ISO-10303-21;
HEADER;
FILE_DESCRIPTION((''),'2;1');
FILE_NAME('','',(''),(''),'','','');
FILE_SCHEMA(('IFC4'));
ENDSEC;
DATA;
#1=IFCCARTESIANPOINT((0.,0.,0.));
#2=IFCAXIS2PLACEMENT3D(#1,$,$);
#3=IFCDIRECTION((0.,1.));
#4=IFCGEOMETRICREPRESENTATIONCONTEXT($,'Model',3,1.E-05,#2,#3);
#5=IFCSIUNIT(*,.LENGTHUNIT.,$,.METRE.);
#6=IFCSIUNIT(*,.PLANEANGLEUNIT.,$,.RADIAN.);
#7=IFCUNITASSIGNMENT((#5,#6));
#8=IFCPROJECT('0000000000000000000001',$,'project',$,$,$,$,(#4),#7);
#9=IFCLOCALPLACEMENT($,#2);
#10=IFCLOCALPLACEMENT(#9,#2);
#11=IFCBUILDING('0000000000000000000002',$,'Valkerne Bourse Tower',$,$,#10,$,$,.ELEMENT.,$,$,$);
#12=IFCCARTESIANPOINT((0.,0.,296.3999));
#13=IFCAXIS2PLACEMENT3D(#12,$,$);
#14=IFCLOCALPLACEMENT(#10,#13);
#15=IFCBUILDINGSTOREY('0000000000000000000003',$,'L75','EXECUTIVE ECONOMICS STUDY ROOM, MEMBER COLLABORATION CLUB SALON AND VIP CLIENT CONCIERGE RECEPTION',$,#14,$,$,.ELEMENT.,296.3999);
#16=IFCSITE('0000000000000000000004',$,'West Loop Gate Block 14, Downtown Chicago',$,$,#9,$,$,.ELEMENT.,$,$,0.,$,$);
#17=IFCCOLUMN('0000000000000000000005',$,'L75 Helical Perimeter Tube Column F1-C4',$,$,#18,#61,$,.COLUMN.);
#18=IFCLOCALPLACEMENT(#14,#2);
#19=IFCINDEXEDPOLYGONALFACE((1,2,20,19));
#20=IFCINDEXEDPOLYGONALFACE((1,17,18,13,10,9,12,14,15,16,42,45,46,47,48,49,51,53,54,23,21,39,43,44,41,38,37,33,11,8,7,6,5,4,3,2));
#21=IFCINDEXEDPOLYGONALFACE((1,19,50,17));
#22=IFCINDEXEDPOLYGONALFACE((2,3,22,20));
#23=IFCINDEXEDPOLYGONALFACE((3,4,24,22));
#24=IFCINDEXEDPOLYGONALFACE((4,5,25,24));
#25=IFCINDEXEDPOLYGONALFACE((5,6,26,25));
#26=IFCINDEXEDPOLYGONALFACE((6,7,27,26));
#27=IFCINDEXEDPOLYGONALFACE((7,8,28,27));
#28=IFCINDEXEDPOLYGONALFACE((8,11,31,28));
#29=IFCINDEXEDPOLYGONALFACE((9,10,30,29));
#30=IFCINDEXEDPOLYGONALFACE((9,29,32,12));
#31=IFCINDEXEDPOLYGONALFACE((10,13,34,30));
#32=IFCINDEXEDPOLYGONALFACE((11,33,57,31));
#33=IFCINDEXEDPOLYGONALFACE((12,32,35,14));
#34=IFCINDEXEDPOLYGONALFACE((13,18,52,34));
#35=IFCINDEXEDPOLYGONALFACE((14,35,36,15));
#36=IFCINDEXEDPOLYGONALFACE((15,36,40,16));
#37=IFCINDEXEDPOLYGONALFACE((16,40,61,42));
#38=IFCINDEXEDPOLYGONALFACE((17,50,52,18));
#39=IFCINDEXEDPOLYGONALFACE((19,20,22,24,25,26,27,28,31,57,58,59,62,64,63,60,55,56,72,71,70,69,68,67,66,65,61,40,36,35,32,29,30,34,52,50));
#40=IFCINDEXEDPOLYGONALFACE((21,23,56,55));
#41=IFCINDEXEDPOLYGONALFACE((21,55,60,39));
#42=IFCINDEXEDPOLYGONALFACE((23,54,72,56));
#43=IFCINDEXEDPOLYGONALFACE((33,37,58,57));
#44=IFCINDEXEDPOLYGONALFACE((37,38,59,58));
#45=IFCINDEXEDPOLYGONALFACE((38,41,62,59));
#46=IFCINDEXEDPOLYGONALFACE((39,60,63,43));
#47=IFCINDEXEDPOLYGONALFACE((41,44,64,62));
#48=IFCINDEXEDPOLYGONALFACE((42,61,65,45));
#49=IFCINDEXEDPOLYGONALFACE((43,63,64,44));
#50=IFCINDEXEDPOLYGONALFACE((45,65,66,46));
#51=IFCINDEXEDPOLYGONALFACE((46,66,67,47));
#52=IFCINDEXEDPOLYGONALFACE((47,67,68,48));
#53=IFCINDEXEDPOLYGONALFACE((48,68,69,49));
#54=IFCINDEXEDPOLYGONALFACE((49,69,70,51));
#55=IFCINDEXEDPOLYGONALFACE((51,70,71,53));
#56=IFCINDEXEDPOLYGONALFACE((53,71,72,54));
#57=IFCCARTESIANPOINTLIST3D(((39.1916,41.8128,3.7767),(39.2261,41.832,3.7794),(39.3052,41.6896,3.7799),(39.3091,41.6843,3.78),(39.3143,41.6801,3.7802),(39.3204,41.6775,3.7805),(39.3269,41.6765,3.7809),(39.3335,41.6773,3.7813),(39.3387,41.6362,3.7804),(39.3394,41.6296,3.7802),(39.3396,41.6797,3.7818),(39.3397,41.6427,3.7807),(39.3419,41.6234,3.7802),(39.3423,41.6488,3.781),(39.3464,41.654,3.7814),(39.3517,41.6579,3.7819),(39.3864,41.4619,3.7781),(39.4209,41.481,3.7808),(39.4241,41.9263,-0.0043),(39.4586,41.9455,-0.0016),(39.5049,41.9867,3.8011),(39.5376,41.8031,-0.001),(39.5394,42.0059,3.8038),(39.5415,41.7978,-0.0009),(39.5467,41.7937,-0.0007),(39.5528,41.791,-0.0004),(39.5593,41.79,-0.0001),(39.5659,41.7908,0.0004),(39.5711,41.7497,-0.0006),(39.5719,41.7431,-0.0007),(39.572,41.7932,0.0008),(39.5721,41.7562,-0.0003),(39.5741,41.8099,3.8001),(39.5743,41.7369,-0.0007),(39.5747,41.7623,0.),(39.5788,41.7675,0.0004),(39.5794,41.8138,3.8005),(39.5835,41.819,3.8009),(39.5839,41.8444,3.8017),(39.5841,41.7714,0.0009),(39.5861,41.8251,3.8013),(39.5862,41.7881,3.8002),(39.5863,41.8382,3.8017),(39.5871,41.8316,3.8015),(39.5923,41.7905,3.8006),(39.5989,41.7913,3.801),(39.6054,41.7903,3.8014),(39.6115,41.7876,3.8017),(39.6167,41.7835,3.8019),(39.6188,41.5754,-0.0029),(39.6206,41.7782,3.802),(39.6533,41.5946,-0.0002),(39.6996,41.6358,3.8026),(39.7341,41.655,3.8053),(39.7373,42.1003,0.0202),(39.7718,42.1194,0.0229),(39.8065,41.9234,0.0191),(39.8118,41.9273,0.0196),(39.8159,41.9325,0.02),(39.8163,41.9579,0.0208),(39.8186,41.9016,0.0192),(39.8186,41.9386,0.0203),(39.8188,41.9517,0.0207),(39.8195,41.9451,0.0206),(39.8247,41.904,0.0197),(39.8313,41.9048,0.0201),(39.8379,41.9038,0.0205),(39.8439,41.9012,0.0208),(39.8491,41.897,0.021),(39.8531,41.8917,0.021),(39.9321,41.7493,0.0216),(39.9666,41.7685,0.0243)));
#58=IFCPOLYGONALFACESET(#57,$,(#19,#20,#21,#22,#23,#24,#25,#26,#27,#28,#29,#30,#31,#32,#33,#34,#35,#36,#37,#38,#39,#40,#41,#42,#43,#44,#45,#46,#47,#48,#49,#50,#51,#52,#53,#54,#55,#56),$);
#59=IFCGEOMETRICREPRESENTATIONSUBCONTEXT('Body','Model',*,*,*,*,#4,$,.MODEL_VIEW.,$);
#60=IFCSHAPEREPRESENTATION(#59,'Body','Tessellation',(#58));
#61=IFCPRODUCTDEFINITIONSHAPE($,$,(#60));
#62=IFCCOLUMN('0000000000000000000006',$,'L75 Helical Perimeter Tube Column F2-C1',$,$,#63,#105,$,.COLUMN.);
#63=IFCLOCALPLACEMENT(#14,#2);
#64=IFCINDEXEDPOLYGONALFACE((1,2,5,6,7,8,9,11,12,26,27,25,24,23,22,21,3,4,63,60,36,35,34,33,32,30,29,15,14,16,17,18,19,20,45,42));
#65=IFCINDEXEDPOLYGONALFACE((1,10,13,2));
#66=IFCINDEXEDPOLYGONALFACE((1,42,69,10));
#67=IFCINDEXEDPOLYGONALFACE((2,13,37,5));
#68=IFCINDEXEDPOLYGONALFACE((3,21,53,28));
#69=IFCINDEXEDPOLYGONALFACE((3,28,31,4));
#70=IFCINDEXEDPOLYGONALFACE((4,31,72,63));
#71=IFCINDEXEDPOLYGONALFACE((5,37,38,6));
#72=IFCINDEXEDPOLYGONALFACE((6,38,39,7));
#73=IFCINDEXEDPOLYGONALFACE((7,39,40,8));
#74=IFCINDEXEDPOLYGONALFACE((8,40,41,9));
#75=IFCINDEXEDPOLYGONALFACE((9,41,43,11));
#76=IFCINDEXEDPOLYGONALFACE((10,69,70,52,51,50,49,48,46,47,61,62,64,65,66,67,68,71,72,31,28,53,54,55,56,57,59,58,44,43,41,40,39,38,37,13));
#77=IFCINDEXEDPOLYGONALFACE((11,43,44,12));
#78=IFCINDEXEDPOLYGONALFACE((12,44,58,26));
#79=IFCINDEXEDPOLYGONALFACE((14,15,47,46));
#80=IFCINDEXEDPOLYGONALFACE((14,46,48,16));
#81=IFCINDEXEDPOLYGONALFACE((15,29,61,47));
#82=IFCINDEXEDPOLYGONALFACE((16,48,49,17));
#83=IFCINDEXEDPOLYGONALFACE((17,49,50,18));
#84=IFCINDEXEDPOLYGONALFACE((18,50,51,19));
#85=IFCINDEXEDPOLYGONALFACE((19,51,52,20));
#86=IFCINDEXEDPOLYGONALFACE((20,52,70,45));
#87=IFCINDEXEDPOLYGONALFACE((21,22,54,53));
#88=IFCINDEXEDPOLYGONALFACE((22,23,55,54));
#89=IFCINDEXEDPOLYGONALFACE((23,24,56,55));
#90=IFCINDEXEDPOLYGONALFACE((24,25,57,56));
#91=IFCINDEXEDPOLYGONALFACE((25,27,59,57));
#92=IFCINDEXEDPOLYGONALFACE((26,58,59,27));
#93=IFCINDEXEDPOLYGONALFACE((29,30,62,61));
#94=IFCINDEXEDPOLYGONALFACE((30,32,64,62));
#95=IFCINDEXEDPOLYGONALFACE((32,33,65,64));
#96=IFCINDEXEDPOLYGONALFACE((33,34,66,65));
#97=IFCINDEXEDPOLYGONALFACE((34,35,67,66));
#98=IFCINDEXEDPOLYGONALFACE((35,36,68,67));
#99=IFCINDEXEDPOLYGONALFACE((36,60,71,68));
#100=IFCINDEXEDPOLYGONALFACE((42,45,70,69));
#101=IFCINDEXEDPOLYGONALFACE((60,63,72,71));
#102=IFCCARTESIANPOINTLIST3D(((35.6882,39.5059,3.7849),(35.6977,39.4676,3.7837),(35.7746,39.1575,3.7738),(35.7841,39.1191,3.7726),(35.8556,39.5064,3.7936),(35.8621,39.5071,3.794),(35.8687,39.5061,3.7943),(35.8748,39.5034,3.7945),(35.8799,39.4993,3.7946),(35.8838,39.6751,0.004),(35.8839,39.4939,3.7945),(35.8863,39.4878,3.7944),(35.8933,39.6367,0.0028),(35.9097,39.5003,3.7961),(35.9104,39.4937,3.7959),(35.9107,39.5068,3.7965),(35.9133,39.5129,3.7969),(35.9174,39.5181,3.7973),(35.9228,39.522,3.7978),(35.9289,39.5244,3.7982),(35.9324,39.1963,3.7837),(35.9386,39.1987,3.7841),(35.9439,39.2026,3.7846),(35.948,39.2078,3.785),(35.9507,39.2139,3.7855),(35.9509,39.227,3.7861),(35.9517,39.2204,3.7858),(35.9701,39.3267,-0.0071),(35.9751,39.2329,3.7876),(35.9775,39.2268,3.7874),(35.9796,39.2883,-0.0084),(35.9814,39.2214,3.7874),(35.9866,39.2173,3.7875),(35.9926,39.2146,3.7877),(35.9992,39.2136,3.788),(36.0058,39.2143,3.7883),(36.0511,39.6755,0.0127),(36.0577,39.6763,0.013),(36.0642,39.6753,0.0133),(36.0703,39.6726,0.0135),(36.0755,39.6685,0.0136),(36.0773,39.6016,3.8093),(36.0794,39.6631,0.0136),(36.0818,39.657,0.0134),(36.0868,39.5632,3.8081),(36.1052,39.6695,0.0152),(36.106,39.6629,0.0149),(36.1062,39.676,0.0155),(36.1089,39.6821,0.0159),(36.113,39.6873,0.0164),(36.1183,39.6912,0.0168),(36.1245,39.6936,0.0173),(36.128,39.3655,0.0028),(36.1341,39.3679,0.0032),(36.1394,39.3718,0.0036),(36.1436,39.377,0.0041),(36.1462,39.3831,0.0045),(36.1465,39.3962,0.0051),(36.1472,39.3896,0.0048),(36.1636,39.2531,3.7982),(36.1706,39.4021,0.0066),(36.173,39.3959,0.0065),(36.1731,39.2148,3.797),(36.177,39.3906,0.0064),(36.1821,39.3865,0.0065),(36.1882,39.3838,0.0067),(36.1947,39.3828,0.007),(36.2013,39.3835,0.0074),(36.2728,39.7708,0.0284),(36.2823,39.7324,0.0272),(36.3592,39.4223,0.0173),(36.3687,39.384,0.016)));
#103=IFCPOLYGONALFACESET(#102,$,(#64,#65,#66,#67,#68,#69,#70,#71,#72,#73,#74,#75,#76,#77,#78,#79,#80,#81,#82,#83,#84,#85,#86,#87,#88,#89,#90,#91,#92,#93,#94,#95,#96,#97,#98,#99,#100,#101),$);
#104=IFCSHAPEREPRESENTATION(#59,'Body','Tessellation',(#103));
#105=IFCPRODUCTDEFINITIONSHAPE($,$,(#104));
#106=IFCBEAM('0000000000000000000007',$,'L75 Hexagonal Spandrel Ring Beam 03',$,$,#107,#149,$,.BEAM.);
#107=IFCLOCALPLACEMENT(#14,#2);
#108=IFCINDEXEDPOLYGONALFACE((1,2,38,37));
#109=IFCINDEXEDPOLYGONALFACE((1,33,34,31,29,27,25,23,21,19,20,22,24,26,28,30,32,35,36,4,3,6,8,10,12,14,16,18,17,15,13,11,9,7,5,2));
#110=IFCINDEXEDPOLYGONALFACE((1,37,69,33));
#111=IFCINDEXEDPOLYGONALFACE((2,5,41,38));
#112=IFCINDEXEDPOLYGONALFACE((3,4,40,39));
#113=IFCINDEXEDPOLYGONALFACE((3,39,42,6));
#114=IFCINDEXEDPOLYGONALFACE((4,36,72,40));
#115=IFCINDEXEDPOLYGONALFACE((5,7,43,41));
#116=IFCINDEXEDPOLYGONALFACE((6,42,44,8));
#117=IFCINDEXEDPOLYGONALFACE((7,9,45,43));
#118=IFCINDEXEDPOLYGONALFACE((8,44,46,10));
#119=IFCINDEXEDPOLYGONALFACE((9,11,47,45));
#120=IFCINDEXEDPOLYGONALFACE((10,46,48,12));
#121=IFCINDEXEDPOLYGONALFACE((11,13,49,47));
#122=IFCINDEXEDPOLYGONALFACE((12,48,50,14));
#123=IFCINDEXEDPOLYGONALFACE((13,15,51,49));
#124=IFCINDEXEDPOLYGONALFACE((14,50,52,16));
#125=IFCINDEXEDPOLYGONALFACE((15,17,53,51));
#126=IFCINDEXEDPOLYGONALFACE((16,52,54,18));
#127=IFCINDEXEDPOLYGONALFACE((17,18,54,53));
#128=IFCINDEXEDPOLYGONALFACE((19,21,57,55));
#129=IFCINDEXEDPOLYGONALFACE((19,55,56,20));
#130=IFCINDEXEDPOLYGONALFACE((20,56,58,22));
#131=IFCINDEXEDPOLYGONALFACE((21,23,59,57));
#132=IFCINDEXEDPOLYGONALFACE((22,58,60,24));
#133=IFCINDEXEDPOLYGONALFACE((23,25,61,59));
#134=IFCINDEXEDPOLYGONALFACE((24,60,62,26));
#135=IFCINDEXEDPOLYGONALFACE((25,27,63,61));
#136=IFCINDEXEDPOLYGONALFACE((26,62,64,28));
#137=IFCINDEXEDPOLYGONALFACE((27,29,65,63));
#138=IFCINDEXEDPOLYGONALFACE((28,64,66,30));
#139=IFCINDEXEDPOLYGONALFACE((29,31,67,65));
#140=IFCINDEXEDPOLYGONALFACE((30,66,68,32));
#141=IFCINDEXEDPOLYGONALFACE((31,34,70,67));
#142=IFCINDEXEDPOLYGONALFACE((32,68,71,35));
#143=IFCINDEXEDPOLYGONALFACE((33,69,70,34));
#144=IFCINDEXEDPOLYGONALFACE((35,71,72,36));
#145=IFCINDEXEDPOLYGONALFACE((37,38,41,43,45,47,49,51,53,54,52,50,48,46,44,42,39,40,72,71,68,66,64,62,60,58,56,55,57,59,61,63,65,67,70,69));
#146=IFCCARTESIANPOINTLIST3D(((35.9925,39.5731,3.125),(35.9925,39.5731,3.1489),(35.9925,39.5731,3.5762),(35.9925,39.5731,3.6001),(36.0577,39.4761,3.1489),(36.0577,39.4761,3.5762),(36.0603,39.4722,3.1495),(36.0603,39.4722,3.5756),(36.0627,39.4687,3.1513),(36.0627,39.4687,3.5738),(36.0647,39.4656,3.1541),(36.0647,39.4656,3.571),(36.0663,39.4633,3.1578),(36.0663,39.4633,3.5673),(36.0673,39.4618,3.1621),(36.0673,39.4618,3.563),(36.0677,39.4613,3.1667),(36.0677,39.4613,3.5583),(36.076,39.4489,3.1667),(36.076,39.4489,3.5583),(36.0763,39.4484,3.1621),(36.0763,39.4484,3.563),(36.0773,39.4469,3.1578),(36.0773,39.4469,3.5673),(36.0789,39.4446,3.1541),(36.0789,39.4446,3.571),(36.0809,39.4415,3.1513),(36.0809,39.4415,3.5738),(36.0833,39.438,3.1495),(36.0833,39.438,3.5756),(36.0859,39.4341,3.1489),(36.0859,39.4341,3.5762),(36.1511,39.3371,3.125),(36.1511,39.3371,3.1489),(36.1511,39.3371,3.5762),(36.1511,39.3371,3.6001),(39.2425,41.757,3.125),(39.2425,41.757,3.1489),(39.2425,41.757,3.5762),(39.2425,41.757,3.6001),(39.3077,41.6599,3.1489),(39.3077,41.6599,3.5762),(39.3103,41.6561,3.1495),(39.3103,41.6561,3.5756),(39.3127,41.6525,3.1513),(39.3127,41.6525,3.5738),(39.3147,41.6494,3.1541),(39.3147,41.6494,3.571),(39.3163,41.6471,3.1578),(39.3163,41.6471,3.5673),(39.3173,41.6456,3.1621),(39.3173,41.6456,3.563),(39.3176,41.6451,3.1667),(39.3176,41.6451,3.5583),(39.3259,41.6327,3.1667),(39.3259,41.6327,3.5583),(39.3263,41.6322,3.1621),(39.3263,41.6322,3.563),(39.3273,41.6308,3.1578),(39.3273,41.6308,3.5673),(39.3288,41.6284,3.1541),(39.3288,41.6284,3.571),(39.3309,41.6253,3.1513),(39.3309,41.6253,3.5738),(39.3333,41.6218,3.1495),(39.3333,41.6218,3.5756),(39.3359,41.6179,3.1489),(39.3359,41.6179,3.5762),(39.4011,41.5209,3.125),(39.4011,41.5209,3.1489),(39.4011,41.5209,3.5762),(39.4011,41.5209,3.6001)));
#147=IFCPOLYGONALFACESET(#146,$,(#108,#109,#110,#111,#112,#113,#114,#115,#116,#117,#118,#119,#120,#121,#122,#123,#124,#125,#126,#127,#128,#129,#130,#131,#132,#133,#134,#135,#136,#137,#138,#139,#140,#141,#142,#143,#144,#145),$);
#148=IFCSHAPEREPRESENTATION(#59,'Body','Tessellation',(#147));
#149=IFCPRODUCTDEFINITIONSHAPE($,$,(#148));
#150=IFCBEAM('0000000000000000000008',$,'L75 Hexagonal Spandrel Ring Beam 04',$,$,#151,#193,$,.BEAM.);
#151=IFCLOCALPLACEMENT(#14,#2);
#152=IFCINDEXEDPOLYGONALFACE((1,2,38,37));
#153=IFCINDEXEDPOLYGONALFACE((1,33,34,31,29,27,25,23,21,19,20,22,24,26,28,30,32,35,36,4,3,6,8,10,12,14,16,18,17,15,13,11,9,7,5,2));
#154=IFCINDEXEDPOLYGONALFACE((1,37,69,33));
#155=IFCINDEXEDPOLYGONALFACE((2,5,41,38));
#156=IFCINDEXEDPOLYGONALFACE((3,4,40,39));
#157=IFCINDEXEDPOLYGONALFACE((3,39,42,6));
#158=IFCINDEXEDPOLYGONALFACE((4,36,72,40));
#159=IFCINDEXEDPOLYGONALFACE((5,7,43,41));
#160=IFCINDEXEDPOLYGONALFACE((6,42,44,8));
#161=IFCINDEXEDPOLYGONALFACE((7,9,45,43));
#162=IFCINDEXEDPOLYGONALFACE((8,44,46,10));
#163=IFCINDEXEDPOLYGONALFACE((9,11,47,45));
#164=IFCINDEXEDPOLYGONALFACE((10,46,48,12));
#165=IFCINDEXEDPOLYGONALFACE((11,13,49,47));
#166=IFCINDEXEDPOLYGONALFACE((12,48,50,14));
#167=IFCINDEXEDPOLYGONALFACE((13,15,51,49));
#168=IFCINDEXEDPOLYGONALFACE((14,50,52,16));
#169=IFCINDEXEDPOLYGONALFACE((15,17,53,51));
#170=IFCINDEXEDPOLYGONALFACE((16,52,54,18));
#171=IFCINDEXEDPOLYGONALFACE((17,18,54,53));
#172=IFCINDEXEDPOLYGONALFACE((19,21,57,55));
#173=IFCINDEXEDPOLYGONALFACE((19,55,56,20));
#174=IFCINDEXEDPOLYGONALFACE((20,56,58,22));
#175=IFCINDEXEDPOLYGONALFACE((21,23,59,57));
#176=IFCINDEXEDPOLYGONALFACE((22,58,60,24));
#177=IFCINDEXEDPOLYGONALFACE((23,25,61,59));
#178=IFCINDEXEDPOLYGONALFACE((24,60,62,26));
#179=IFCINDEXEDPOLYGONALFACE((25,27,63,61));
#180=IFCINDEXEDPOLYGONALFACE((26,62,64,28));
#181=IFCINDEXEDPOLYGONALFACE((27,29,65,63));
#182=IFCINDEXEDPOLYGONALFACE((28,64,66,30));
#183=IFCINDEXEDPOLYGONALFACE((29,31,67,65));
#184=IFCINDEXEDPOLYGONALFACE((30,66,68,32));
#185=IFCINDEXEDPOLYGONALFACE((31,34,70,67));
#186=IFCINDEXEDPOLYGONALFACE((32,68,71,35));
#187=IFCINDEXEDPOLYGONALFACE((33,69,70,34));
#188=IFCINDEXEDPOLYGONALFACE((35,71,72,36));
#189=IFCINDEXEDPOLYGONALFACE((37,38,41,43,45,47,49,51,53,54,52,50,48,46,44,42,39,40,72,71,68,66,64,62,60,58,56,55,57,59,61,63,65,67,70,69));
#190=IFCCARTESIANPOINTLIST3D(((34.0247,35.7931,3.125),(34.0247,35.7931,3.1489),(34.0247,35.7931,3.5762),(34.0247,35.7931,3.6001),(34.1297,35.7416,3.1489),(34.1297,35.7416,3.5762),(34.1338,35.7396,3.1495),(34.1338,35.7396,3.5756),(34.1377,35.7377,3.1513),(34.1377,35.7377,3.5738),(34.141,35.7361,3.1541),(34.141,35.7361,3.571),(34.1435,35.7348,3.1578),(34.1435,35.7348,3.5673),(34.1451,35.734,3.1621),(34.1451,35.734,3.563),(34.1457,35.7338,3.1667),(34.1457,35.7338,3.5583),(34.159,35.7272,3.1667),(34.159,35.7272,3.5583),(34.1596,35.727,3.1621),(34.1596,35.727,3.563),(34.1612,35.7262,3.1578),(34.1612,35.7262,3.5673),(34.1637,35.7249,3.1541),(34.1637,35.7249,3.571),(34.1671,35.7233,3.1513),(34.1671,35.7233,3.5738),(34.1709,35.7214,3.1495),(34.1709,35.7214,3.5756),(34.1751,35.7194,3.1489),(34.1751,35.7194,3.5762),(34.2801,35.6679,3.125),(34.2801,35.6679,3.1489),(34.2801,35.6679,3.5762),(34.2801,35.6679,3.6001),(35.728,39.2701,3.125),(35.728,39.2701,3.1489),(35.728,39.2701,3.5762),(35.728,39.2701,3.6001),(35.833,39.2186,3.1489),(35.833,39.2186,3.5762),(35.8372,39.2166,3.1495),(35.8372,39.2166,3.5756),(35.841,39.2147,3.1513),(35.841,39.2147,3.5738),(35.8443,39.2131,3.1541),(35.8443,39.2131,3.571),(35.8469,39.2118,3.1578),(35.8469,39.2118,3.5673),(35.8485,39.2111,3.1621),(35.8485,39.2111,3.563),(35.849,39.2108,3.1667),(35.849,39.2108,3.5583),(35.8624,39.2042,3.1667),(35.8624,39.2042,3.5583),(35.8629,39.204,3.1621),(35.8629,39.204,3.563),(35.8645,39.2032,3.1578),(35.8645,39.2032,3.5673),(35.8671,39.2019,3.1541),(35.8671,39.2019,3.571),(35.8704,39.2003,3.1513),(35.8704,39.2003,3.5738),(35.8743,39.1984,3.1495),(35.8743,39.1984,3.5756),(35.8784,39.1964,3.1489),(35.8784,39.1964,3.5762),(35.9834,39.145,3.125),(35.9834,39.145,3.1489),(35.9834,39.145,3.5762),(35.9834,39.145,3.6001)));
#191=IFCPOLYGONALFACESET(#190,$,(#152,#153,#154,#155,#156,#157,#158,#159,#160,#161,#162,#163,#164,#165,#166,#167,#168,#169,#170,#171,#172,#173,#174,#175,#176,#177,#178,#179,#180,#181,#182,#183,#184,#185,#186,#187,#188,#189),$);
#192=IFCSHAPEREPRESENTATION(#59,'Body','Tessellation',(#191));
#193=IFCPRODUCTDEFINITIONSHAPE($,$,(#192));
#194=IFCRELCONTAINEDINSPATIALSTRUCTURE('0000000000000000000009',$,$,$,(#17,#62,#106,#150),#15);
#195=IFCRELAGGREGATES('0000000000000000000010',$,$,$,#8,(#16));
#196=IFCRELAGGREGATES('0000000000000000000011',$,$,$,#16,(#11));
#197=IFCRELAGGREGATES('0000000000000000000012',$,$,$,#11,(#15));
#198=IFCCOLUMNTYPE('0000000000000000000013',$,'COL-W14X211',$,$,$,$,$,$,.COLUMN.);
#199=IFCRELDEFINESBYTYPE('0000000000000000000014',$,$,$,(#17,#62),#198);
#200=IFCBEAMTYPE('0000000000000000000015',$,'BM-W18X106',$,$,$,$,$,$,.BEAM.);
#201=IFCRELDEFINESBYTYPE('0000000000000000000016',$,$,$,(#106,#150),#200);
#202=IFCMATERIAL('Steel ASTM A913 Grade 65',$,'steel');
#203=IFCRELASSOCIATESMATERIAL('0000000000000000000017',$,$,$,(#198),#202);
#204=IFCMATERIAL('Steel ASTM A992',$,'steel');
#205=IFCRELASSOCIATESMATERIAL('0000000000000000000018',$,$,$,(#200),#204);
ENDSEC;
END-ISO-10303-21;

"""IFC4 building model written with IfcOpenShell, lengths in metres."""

from ifc_helpers import new_model, si_unit, direction, frame, origin, origin_2d, place, context, subcontext, project, spatial, i_section, extrude, material, material_profile, profile_set, type_object, element, save


model = new_model("IFC4")

# Units and contexts
model_context = context("Model", 3, precision=1e-05, world=origin(), true_north=direction((0.0, 1.0)))
body_context = subcontext(model_context, "Body", "Model", "MODEL_VIEW")
ifc_project = project(units=[si_unit("LENGTHUNIT", "METRE"), si_unit("PLANEANGLEUNIT", "RADIAN")], contexts=[model_context])

# Site, building, storey
site_placement = place(None, origin())
site = spatial("IfcSite", under=ifc_project, at=site_placement, Name="West Loop Gate Block 14, Downtown Chicago", CompositionType="ELEMENT", RefElevation=0.0)
building_placement = place(site_placement, origin())
building = spatial("IfcBuilding", under=site, at=building_placement, Name="Valkerne Bourse Tower", CompositionType="ELEMENT")
storey_placement = place(building_placement, frame((0.0, 0.0, 296.3999)))
storey = spatial("IfcBuildingStorey", under=building, at=storey_placement, Name="L75", Description="EXECUTIVE ECONOMICS STUDY ROOM, MEMBER COLLABORATION CLUB SALON AND VIP CLIENT CONCIERGE RECEPTION", CompositionType="ELEMENT", Elevation=296.3999)

# Columns
ifc_material_1 = material(Name="Steel ASTM A913 Grade 65", Category="steel")
ifc_material_profile_1 = material_profile(ifc_material_1, i_section(OverallWidth=0.4014, OverallDepth=0.3987, WebThickness=0.0249, FlangeThickness=0.0396, FilletRadius=0.0254, at=origin_2d()), Name="W14X211")
ifc_profile_set_1 = profile_set([ifc_material_profile_1], Name="Steel ASTM A913 Grade 65")
column_type = type_object("IfcColumnType", Name="COL-W14X211", PredefinedType="COLUMN", material=ifc_profile_set_1)
for number, where, z_axis, x_axis, name in (
    (1, (39.6953, 41.8474, 0.01), (-0.061328, -0.029955, 0.997668), (-0.485203, 0.874394, -0.003572), "L75 Helical Perimeter Tube Column F1-C4"),
    (2, (36.1262, 39.5295, 0.01), (-0.0516, -0.044643, 0.997669), (-0.969291, -0.238282, -0.060795), "L75 Helical Perimeter Tube Column F2-C1"),
):
    element("IfcColumn", number, at=place(storey_placement, frame(where, z_axis=z_axis, x_axis=x_axis)), inside=storey, type_object=column_type, Name=name, PredefinedType="COLUMN", context=body_context, shape_type="SweptSolid", body=[
        extrude(i_section(OverallWidth=0.4014, OverallDepth=0.3987, WebThickness=0.0249, FlangeThickness=0.0396, FilletRadius=0.0254, at=origin_2d()), origin(), (0.0, 0.0, 1.0), 3.7898),
    ])

# Beams
ifc_material_2 = material(Name="Steel ASTM A992", Category="steel")
ifc_material_profile_2 = material_profile(ifc_material_2, i_section(OverallWidth=0.2844, OverallDepth=0.4751, WebThickness=0.0149, FlangeThickness=0.0239, FilletRadius=0.0178, at=origin_2d()), Name="W18X106")
ifc_profile_set_2 = profile_set([ifc_material_profile_2], Name="Steel ASTM A992")
beam_type_1 = type_object("IfcBeamType", Name="BM-W18X106", PredefinedType="BEAM", material=ifc_profile_set_2)
beam_1_placement = place(storey_placement, frame((39.3218, 41.6389, 3.3625), z_axis=(-0.830021, -0.557733, 0.0), x_axis=(0.557733, -0.830021, 0.0)))
element("IfcBeam", 3, at=beam_1_placement, inside=storey, type_object=beam_type_1, Name="L75 Hexagonal Spandrel Ring Beam 03", PredefinedType="BEAM", context=body_context, shape_type="SweptSolid", body=[
    extrude(i_section(OverallWidth=0.2844, OverallDepth=0.4751, WebThickness=0.0149, FlangeThickness=0.0239, FilletRadius=0.0178, at=origin_2d()), origin(), (0.0, 0.0, 1.0), 3.9155),
])
beam_2_placement = place(storey_placement, frame((35.8557, 39.2075, 3.3625), z_axis=(-0.439935, -0.89803, 0.0), x_axis=(0.89803, -0.439935, 0.0)))
element("IfcBeam", 4, at=beam_2_placement, inside=storey, type_object=beam_type_1, Name="L75 Hexagonal Spandrel Ring Beam 04", PredefinedType="BEAM", context=body_context, shape_type="SweptSolid", body=[
    extrude(i_section(OverallWidth=0.2844, OverallDepth=0.4751, WebThickness=0.0149, FlangeThickness=0.0239, FilletRadius=0.0178, at=origin_2d()), origin(), (0.0, 0.0, 1.0), 3.8718),
])

save(model, "model.ifc")
